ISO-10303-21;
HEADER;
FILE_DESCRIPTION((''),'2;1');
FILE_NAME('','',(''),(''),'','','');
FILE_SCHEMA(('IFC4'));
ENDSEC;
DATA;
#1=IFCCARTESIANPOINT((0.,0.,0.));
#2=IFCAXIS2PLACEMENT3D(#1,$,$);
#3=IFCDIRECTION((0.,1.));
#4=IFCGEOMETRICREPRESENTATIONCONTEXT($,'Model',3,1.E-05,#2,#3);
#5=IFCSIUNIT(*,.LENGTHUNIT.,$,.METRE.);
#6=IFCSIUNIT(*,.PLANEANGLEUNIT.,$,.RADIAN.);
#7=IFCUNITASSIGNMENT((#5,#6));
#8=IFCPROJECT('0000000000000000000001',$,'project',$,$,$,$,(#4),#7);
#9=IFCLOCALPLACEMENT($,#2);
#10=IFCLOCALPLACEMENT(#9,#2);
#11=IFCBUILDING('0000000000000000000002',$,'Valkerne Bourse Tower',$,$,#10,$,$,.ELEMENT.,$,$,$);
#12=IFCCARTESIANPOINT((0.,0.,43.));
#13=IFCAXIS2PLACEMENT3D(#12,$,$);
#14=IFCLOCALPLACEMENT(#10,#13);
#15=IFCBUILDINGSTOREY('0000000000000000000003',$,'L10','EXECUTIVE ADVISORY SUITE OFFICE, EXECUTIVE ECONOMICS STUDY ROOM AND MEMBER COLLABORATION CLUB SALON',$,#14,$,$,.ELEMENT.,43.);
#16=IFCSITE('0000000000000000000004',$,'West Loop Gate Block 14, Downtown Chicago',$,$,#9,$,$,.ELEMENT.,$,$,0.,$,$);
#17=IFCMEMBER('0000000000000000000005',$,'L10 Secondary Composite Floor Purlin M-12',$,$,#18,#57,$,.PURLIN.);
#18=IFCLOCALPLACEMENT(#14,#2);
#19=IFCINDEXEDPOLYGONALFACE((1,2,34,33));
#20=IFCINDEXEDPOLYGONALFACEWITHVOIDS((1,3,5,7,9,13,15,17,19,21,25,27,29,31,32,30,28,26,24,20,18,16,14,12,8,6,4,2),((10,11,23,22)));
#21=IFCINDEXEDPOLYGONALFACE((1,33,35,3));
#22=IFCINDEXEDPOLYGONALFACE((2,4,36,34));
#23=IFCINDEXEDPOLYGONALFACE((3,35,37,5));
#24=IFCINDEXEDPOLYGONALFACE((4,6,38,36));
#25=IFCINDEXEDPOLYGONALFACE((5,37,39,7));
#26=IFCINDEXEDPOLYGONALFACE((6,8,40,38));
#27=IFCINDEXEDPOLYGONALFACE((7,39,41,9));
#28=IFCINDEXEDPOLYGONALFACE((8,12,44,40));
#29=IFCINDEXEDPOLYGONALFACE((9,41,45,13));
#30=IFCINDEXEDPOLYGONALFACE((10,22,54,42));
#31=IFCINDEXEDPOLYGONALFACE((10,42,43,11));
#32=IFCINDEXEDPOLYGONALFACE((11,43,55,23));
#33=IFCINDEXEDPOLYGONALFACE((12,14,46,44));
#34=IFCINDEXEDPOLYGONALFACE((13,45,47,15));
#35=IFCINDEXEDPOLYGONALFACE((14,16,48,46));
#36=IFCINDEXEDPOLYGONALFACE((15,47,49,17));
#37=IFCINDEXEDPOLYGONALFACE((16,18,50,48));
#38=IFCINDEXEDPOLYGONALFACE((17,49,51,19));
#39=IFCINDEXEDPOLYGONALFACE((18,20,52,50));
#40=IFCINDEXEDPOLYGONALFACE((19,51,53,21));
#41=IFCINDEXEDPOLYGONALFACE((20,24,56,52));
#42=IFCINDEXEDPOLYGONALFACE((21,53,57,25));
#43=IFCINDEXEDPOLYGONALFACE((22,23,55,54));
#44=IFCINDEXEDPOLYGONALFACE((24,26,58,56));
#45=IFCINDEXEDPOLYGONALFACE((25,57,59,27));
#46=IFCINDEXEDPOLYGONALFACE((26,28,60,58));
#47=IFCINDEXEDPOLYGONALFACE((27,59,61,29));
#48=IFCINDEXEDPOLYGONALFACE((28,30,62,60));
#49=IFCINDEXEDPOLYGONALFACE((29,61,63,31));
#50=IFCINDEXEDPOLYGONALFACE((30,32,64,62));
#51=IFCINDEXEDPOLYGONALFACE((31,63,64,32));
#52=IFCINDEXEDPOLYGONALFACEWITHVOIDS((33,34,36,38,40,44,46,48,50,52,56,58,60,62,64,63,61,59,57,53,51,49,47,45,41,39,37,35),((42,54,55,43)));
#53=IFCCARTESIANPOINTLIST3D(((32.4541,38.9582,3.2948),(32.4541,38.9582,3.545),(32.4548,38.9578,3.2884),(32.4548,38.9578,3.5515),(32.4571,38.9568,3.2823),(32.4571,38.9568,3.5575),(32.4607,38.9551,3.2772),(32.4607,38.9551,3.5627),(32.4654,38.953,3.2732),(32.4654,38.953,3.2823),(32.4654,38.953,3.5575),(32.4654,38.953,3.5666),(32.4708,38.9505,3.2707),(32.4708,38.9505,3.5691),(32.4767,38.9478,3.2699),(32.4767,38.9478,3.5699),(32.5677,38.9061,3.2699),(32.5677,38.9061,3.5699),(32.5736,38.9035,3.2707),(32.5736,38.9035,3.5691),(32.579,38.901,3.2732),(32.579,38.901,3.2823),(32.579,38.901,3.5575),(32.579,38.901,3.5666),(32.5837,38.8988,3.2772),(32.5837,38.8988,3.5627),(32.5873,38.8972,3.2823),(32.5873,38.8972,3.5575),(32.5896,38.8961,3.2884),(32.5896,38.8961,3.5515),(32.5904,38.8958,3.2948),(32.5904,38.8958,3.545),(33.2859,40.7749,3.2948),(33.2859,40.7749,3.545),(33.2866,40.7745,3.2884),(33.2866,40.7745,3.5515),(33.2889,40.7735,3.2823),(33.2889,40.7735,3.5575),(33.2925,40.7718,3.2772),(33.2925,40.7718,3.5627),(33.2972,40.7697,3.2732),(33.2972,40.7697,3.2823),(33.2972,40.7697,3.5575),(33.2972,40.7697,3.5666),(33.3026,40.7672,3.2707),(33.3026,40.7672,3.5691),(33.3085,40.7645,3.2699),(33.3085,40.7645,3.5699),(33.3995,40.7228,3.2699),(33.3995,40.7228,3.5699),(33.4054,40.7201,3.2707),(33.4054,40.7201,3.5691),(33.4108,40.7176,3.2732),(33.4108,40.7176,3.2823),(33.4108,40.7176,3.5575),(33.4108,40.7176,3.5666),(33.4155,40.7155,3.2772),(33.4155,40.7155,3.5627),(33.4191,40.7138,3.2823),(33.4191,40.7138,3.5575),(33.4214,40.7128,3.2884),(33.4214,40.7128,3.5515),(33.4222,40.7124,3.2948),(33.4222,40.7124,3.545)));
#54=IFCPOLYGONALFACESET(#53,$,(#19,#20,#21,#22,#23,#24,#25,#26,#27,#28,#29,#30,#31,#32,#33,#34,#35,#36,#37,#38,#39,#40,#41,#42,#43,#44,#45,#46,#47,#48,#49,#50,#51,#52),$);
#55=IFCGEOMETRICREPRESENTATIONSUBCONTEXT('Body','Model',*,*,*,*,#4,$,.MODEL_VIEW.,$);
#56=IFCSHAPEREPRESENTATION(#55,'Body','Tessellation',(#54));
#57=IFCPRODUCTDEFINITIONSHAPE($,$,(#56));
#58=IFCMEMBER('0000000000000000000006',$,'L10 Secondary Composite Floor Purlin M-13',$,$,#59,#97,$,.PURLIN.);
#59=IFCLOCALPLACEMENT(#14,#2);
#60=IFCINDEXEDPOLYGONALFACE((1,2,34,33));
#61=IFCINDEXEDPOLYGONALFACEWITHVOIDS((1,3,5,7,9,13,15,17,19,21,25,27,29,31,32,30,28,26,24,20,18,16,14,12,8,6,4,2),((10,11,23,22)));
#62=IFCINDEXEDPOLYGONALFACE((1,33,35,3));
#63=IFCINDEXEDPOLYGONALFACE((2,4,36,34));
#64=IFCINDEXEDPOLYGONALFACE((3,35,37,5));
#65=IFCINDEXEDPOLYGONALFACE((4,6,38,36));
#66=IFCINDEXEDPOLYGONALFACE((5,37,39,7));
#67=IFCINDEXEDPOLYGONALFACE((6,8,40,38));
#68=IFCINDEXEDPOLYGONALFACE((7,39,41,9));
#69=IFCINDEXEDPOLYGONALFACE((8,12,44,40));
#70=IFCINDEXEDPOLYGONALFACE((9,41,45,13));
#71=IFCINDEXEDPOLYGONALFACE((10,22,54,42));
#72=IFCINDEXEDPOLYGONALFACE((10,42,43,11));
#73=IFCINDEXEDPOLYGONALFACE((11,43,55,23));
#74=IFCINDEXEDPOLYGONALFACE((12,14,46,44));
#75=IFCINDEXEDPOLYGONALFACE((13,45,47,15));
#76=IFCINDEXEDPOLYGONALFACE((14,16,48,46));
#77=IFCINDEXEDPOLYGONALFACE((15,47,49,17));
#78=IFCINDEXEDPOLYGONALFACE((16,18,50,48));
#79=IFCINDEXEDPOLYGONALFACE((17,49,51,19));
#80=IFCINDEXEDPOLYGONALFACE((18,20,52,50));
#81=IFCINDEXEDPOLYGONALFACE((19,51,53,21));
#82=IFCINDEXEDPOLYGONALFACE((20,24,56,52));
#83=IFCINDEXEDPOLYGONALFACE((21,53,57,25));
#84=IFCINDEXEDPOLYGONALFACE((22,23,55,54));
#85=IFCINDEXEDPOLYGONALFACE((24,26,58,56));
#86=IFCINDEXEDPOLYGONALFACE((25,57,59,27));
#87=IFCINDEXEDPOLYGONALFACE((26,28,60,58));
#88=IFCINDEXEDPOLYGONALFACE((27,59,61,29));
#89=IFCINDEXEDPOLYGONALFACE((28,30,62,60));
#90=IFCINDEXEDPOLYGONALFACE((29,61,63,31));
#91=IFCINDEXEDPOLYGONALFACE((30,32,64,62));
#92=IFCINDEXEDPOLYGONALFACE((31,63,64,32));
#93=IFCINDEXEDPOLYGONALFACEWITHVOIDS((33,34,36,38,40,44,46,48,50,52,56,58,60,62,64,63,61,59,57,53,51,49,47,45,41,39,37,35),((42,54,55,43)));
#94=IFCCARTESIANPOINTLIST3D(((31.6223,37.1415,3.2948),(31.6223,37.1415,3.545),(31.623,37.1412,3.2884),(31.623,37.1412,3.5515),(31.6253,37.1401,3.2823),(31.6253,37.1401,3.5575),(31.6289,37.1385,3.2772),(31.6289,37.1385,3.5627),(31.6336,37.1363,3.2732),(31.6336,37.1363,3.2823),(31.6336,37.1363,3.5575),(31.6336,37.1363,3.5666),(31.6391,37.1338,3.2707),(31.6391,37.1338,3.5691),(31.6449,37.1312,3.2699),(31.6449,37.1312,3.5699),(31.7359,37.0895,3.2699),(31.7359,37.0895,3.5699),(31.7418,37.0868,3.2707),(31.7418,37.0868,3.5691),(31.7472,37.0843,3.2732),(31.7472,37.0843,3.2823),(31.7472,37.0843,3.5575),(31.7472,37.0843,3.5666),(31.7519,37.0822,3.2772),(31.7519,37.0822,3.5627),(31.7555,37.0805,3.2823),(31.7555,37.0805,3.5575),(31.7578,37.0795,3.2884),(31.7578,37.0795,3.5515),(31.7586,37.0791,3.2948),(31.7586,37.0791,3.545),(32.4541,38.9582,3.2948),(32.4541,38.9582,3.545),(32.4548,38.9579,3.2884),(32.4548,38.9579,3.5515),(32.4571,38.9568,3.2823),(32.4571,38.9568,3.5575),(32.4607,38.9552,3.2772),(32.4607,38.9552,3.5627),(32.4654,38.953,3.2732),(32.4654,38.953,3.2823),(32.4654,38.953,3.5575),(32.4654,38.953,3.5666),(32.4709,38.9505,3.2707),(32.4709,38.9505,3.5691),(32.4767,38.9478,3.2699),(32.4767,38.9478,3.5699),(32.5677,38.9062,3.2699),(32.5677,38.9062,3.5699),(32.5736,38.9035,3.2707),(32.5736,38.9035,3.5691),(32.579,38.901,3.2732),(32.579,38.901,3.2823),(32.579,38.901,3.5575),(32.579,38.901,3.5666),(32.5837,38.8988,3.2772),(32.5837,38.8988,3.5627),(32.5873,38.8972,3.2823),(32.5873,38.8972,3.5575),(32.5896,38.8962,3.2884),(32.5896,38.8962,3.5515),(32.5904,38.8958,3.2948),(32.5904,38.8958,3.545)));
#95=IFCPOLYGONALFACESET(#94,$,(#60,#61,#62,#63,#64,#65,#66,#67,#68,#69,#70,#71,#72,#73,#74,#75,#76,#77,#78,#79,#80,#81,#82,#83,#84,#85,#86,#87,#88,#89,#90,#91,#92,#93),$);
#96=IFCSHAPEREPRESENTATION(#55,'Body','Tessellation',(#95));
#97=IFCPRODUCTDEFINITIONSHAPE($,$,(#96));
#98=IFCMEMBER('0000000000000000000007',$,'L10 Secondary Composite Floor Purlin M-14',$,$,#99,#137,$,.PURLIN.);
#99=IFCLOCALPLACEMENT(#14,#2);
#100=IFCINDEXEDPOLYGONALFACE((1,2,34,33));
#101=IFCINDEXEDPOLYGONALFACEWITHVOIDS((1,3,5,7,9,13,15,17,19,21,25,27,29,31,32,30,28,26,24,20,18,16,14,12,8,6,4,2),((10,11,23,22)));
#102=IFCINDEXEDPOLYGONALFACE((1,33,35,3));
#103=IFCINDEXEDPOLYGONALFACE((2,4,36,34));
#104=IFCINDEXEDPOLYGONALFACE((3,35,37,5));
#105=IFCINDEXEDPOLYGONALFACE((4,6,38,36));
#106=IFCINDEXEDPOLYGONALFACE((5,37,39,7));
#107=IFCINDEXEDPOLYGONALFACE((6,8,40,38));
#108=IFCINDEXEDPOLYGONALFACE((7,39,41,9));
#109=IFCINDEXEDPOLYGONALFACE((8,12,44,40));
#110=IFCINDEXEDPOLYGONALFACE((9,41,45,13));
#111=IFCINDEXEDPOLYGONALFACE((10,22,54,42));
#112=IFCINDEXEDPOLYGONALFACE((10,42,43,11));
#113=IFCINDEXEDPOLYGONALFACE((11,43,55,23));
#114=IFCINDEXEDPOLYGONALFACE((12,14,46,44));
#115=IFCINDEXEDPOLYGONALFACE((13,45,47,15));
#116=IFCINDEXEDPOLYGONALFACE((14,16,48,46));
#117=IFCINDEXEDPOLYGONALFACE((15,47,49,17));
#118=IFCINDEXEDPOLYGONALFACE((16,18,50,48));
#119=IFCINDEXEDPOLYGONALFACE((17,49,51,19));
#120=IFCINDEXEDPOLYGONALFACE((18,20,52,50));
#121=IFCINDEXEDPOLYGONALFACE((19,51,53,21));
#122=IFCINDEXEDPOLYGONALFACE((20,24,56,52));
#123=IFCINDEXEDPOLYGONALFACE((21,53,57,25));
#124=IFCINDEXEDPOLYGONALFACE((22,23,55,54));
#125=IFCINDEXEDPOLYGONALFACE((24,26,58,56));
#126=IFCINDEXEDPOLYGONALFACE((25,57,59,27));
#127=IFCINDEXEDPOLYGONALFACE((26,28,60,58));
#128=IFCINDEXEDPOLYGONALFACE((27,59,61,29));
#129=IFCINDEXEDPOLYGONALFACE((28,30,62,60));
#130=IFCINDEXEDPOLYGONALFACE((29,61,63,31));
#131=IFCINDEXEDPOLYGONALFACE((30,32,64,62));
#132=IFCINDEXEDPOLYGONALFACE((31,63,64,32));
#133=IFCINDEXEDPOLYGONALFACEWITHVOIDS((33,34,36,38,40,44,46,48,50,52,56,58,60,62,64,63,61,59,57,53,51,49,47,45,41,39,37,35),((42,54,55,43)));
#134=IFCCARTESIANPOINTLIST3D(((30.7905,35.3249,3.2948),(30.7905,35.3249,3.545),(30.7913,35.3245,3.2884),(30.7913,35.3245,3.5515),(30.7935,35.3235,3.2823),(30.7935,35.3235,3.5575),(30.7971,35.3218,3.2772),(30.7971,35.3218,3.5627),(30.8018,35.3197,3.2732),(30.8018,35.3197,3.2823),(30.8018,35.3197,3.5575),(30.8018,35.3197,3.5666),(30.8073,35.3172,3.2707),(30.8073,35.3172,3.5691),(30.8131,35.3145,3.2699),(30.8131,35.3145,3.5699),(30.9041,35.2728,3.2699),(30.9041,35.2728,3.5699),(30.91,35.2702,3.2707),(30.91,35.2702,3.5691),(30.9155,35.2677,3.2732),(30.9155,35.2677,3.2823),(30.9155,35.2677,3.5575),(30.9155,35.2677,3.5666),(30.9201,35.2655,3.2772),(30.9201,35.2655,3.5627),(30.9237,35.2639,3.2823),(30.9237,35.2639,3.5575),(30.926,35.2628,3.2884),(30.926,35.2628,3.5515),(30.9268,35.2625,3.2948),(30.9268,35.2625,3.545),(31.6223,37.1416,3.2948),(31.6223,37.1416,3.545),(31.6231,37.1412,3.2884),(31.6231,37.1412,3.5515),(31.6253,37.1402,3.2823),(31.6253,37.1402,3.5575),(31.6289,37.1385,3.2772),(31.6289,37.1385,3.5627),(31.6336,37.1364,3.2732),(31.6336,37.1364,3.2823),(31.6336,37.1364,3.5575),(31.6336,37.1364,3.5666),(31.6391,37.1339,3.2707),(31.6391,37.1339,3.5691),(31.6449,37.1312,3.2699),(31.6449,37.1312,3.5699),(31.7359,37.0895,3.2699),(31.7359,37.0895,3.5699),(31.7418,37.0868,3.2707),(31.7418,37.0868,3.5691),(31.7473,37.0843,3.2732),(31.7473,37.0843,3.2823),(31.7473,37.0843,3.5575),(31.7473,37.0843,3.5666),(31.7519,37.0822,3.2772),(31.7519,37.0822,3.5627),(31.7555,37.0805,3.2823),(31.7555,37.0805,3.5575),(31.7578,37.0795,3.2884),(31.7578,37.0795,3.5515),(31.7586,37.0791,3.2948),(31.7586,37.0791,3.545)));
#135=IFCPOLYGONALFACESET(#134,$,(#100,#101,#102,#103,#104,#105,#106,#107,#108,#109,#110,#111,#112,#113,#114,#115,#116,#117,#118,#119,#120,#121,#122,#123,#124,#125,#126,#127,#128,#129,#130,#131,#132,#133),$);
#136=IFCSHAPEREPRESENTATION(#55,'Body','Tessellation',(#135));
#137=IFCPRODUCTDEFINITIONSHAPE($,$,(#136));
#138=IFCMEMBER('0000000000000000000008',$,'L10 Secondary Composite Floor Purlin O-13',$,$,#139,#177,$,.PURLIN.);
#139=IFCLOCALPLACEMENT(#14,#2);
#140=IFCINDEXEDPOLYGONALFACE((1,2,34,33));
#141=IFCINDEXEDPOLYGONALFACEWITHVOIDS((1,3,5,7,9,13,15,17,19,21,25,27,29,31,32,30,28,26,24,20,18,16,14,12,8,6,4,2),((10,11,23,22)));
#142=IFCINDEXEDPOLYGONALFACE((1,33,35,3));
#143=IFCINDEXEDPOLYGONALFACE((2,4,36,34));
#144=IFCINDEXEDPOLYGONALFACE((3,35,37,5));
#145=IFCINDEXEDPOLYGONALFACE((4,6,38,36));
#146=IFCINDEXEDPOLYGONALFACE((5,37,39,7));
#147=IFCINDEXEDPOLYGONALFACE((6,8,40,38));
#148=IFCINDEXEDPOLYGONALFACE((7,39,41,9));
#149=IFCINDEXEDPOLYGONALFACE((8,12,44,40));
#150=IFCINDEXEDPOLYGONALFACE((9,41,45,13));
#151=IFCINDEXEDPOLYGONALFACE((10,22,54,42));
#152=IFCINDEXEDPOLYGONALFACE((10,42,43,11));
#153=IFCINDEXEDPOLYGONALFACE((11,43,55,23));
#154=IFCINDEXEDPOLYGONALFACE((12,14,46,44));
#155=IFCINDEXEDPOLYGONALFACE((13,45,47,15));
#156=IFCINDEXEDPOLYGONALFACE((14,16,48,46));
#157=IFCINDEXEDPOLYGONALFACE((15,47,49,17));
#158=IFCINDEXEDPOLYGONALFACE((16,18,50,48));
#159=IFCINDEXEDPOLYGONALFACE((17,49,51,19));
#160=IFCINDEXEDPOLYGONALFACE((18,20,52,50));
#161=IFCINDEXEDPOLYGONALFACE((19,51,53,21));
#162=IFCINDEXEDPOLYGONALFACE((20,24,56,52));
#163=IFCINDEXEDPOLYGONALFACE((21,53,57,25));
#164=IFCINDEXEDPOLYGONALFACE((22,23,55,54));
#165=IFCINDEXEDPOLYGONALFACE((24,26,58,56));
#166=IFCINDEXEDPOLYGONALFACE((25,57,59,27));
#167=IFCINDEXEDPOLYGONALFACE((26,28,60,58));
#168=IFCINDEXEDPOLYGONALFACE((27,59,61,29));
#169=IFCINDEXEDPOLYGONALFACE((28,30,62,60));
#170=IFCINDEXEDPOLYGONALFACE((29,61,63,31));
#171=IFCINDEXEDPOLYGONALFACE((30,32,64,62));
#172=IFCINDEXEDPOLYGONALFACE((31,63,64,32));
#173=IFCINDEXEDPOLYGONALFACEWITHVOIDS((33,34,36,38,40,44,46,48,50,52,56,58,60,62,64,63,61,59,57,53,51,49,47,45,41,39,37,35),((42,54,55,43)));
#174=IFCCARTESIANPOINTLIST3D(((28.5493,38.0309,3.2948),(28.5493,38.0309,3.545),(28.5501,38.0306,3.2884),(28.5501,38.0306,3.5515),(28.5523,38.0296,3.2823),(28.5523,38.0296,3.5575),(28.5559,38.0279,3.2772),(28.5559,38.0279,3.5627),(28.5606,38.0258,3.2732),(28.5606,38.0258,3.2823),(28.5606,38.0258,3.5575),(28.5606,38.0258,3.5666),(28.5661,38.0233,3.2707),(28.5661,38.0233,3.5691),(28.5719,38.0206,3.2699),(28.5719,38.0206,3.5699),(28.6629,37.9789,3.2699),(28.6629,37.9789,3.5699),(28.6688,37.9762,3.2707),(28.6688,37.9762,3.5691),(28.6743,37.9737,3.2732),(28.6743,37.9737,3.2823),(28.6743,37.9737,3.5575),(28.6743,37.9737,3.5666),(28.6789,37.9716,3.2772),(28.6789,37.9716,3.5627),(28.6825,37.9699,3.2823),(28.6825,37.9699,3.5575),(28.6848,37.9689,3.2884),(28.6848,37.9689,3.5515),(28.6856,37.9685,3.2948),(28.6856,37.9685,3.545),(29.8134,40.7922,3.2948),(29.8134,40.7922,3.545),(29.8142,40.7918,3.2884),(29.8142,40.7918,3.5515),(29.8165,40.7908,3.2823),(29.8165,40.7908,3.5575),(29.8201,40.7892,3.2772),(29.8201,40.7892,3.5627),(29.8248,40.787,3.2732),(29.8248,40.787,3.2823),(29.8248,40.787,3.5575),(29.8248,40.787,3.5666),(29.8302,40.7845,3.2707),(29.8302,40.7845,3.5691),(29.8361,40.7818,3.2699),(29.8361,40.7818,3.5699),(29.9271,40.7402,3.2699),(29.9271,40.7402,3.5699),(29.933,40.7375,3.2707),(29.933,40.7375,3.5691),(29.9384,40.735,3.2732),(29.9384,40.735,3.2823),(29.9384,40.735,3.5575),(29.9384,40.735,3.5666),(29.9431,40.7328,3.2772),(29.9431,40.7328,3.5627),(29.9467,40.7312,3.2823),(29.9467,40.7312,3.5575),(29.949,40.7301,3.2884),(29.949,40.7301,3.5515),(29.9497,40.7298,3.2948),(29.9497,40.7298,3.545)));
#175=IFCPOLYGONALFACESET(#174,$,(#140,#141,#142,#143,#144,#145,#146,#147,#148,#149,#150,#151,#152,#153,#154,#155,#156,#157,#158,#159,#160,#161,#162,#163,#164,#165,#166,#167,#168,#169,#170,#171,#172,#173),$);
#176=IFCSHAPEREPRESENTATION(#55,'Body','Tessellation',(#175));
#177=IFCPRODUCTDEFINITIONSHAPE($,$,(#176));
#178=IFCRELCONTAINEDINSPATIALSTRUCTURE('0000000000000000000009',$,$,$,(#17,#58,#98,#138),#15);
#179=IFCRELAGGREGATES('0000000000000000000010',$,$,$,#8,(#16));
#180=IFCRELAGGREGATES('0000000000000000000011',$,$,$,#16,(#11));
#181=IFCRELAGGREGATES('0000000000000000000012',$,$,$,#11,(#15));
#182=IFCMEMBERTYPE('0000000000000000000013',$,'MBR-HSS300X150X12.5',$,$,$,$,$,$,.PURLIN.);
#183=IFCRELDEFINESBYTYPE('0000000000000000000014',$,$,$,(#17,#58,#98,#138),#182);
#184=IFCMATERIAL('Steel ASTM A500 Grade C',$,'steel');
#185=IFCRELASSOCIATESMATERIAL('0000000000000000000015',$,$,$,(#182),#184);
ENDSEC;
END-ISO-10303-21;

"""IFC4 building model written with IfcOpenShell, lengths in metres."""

from ifc_helpers import new_model, si_unit, direction, frame, origin, origin_2d, place, context, subcontext, project, spatial, hollow_rectangle, extrude, material, material_profile, profile_set, type_object, element, save


model = new_model("IFC4")

# Units and contexts
model_context = context("Model", 3, precision=1e-05, world=origin(), true_north=direction((0.0, 1.0)))
body_context = subcontext(model_context, "Body", "Model", "MODEL_VIEW")
ifc_project = project(units=[si_unit("LENGTHUNIT", "METRE"), si_unit("PLANEANGLEUNIT", "RADIAN")], contexts=[model_context])

# Site, building, storey
site_placement = place(None, origin())
site = spatial("IfcSite", under=ifc_project, at=site_placement, Name="West Loop Gate Block 14, Downtown Chicago", CompositionType="ELEMENT", RefElevation=0.0)
building_placement = place(site_placement, origin())
building = spatial("IfcBuilding", under=site, at=building_placement, Name="Valkerne Bourse Tower", CompositionType="ELEMENT")
storey_placement = place(building_placement, frame((0.0, 0.0, 43.0)))
storey = spatial("IfcBuildingStorey", under=building, at=storey_placement, Name="L10", Description="EXECUTIVE ADVISORY SUITE OFFICE, EXECUTIVE ECONOMICS STUDY ROOM AND MEMBER COLLABORATION CLUB SALON", CompositionType="ELEMENT", Elevation=43.0)

# Members
ifc_material_1 = material(Name="Steel ASTM A500 Grade C", Category="steel")
ifc_material_profile_1 = material_profile(ifc_material_1, hollow_rectangle(XDim=0.1499, YDim=0.3, WallThickness=0.0125, OuterFilletRadius=0.0249, at=origin_2d()), Name="HSS300X150X12.5")
ifc_profile_set_1 = profile_set([ifc_material_profile_1], Name="Steel ASTM A500 Grade C")
member_type_1 = type_object("IfcMemberType", Name="MBR-HSS300X150X12.5", PredefinedType="PURLIN", material=ifc_profile_set_1)
for number, where, z_axis, x_axis, name in (
    (1, (33.354, 40.7437, 3.4199), (-0.416305, -0.909225, 0.0), (0.909225, -0.416305, 0.0), "L10 Secondary Composite Floor Purlin M-12"),
    (2, (32.5222, 38.927, 3.4199), (-0.416305, -0.909225, 0.0), (0.909225, -0.416305, 0.0), "L10 Secondary Composite Floor Purlin M-13"),
    (3, (31.6904, 37.1104, 3.4199), (-0.416305, -0.909225, 0.0), (0.909225, -0.416305, 0.0), "L10 Secondary Composite Floor Purlin M-14"),
):
    element("IfcMember", number, at=place(storey_placement, frame(where, z_axis=z_axis, x_axis=x_axis)), inside=storey, type_object=member_type_1, Name=name, PredefinedType="PURLIN", context=body_context, shape_type="SweptSolid", body=[
        extrude(hollow_rectangle(XDim=0.1499, YDim=0.3, WallThickness=0.0125, OuterFilletRadius=0.0249, at=origin_2d()), origin(), (0.0, 0.0, 1.0), 1.998),
    ])
for number, where, z_axis, x_axis, name in (
    (4, (29.8816, 40.761, 3.4199), (-0.416273, -0.90924, 0.0), (0.90924, -0.416273, 0.0), "L10 Secondary Composite Floor Purlin O-13"),
):
    element("IfcMember", number, at=place(storey_placement, frame(where, z_axis=z_axis, x_axis=x_axis)), inside=storey, type_object=member_type_1, Name=name, PredefinedType="PURLIN", context=body_context, shape_type="SweptSolid", body=[
        extrude(hollow_rectangle(XDim=0.1499, YDim=0.3, WallThickness=0.0125, OuterFilletRadius=0.0249, at=origin_2d()), origin(), (0.0, 0.0, 1.0), 3.0369),
    ])

save(model, "model.ifc")
